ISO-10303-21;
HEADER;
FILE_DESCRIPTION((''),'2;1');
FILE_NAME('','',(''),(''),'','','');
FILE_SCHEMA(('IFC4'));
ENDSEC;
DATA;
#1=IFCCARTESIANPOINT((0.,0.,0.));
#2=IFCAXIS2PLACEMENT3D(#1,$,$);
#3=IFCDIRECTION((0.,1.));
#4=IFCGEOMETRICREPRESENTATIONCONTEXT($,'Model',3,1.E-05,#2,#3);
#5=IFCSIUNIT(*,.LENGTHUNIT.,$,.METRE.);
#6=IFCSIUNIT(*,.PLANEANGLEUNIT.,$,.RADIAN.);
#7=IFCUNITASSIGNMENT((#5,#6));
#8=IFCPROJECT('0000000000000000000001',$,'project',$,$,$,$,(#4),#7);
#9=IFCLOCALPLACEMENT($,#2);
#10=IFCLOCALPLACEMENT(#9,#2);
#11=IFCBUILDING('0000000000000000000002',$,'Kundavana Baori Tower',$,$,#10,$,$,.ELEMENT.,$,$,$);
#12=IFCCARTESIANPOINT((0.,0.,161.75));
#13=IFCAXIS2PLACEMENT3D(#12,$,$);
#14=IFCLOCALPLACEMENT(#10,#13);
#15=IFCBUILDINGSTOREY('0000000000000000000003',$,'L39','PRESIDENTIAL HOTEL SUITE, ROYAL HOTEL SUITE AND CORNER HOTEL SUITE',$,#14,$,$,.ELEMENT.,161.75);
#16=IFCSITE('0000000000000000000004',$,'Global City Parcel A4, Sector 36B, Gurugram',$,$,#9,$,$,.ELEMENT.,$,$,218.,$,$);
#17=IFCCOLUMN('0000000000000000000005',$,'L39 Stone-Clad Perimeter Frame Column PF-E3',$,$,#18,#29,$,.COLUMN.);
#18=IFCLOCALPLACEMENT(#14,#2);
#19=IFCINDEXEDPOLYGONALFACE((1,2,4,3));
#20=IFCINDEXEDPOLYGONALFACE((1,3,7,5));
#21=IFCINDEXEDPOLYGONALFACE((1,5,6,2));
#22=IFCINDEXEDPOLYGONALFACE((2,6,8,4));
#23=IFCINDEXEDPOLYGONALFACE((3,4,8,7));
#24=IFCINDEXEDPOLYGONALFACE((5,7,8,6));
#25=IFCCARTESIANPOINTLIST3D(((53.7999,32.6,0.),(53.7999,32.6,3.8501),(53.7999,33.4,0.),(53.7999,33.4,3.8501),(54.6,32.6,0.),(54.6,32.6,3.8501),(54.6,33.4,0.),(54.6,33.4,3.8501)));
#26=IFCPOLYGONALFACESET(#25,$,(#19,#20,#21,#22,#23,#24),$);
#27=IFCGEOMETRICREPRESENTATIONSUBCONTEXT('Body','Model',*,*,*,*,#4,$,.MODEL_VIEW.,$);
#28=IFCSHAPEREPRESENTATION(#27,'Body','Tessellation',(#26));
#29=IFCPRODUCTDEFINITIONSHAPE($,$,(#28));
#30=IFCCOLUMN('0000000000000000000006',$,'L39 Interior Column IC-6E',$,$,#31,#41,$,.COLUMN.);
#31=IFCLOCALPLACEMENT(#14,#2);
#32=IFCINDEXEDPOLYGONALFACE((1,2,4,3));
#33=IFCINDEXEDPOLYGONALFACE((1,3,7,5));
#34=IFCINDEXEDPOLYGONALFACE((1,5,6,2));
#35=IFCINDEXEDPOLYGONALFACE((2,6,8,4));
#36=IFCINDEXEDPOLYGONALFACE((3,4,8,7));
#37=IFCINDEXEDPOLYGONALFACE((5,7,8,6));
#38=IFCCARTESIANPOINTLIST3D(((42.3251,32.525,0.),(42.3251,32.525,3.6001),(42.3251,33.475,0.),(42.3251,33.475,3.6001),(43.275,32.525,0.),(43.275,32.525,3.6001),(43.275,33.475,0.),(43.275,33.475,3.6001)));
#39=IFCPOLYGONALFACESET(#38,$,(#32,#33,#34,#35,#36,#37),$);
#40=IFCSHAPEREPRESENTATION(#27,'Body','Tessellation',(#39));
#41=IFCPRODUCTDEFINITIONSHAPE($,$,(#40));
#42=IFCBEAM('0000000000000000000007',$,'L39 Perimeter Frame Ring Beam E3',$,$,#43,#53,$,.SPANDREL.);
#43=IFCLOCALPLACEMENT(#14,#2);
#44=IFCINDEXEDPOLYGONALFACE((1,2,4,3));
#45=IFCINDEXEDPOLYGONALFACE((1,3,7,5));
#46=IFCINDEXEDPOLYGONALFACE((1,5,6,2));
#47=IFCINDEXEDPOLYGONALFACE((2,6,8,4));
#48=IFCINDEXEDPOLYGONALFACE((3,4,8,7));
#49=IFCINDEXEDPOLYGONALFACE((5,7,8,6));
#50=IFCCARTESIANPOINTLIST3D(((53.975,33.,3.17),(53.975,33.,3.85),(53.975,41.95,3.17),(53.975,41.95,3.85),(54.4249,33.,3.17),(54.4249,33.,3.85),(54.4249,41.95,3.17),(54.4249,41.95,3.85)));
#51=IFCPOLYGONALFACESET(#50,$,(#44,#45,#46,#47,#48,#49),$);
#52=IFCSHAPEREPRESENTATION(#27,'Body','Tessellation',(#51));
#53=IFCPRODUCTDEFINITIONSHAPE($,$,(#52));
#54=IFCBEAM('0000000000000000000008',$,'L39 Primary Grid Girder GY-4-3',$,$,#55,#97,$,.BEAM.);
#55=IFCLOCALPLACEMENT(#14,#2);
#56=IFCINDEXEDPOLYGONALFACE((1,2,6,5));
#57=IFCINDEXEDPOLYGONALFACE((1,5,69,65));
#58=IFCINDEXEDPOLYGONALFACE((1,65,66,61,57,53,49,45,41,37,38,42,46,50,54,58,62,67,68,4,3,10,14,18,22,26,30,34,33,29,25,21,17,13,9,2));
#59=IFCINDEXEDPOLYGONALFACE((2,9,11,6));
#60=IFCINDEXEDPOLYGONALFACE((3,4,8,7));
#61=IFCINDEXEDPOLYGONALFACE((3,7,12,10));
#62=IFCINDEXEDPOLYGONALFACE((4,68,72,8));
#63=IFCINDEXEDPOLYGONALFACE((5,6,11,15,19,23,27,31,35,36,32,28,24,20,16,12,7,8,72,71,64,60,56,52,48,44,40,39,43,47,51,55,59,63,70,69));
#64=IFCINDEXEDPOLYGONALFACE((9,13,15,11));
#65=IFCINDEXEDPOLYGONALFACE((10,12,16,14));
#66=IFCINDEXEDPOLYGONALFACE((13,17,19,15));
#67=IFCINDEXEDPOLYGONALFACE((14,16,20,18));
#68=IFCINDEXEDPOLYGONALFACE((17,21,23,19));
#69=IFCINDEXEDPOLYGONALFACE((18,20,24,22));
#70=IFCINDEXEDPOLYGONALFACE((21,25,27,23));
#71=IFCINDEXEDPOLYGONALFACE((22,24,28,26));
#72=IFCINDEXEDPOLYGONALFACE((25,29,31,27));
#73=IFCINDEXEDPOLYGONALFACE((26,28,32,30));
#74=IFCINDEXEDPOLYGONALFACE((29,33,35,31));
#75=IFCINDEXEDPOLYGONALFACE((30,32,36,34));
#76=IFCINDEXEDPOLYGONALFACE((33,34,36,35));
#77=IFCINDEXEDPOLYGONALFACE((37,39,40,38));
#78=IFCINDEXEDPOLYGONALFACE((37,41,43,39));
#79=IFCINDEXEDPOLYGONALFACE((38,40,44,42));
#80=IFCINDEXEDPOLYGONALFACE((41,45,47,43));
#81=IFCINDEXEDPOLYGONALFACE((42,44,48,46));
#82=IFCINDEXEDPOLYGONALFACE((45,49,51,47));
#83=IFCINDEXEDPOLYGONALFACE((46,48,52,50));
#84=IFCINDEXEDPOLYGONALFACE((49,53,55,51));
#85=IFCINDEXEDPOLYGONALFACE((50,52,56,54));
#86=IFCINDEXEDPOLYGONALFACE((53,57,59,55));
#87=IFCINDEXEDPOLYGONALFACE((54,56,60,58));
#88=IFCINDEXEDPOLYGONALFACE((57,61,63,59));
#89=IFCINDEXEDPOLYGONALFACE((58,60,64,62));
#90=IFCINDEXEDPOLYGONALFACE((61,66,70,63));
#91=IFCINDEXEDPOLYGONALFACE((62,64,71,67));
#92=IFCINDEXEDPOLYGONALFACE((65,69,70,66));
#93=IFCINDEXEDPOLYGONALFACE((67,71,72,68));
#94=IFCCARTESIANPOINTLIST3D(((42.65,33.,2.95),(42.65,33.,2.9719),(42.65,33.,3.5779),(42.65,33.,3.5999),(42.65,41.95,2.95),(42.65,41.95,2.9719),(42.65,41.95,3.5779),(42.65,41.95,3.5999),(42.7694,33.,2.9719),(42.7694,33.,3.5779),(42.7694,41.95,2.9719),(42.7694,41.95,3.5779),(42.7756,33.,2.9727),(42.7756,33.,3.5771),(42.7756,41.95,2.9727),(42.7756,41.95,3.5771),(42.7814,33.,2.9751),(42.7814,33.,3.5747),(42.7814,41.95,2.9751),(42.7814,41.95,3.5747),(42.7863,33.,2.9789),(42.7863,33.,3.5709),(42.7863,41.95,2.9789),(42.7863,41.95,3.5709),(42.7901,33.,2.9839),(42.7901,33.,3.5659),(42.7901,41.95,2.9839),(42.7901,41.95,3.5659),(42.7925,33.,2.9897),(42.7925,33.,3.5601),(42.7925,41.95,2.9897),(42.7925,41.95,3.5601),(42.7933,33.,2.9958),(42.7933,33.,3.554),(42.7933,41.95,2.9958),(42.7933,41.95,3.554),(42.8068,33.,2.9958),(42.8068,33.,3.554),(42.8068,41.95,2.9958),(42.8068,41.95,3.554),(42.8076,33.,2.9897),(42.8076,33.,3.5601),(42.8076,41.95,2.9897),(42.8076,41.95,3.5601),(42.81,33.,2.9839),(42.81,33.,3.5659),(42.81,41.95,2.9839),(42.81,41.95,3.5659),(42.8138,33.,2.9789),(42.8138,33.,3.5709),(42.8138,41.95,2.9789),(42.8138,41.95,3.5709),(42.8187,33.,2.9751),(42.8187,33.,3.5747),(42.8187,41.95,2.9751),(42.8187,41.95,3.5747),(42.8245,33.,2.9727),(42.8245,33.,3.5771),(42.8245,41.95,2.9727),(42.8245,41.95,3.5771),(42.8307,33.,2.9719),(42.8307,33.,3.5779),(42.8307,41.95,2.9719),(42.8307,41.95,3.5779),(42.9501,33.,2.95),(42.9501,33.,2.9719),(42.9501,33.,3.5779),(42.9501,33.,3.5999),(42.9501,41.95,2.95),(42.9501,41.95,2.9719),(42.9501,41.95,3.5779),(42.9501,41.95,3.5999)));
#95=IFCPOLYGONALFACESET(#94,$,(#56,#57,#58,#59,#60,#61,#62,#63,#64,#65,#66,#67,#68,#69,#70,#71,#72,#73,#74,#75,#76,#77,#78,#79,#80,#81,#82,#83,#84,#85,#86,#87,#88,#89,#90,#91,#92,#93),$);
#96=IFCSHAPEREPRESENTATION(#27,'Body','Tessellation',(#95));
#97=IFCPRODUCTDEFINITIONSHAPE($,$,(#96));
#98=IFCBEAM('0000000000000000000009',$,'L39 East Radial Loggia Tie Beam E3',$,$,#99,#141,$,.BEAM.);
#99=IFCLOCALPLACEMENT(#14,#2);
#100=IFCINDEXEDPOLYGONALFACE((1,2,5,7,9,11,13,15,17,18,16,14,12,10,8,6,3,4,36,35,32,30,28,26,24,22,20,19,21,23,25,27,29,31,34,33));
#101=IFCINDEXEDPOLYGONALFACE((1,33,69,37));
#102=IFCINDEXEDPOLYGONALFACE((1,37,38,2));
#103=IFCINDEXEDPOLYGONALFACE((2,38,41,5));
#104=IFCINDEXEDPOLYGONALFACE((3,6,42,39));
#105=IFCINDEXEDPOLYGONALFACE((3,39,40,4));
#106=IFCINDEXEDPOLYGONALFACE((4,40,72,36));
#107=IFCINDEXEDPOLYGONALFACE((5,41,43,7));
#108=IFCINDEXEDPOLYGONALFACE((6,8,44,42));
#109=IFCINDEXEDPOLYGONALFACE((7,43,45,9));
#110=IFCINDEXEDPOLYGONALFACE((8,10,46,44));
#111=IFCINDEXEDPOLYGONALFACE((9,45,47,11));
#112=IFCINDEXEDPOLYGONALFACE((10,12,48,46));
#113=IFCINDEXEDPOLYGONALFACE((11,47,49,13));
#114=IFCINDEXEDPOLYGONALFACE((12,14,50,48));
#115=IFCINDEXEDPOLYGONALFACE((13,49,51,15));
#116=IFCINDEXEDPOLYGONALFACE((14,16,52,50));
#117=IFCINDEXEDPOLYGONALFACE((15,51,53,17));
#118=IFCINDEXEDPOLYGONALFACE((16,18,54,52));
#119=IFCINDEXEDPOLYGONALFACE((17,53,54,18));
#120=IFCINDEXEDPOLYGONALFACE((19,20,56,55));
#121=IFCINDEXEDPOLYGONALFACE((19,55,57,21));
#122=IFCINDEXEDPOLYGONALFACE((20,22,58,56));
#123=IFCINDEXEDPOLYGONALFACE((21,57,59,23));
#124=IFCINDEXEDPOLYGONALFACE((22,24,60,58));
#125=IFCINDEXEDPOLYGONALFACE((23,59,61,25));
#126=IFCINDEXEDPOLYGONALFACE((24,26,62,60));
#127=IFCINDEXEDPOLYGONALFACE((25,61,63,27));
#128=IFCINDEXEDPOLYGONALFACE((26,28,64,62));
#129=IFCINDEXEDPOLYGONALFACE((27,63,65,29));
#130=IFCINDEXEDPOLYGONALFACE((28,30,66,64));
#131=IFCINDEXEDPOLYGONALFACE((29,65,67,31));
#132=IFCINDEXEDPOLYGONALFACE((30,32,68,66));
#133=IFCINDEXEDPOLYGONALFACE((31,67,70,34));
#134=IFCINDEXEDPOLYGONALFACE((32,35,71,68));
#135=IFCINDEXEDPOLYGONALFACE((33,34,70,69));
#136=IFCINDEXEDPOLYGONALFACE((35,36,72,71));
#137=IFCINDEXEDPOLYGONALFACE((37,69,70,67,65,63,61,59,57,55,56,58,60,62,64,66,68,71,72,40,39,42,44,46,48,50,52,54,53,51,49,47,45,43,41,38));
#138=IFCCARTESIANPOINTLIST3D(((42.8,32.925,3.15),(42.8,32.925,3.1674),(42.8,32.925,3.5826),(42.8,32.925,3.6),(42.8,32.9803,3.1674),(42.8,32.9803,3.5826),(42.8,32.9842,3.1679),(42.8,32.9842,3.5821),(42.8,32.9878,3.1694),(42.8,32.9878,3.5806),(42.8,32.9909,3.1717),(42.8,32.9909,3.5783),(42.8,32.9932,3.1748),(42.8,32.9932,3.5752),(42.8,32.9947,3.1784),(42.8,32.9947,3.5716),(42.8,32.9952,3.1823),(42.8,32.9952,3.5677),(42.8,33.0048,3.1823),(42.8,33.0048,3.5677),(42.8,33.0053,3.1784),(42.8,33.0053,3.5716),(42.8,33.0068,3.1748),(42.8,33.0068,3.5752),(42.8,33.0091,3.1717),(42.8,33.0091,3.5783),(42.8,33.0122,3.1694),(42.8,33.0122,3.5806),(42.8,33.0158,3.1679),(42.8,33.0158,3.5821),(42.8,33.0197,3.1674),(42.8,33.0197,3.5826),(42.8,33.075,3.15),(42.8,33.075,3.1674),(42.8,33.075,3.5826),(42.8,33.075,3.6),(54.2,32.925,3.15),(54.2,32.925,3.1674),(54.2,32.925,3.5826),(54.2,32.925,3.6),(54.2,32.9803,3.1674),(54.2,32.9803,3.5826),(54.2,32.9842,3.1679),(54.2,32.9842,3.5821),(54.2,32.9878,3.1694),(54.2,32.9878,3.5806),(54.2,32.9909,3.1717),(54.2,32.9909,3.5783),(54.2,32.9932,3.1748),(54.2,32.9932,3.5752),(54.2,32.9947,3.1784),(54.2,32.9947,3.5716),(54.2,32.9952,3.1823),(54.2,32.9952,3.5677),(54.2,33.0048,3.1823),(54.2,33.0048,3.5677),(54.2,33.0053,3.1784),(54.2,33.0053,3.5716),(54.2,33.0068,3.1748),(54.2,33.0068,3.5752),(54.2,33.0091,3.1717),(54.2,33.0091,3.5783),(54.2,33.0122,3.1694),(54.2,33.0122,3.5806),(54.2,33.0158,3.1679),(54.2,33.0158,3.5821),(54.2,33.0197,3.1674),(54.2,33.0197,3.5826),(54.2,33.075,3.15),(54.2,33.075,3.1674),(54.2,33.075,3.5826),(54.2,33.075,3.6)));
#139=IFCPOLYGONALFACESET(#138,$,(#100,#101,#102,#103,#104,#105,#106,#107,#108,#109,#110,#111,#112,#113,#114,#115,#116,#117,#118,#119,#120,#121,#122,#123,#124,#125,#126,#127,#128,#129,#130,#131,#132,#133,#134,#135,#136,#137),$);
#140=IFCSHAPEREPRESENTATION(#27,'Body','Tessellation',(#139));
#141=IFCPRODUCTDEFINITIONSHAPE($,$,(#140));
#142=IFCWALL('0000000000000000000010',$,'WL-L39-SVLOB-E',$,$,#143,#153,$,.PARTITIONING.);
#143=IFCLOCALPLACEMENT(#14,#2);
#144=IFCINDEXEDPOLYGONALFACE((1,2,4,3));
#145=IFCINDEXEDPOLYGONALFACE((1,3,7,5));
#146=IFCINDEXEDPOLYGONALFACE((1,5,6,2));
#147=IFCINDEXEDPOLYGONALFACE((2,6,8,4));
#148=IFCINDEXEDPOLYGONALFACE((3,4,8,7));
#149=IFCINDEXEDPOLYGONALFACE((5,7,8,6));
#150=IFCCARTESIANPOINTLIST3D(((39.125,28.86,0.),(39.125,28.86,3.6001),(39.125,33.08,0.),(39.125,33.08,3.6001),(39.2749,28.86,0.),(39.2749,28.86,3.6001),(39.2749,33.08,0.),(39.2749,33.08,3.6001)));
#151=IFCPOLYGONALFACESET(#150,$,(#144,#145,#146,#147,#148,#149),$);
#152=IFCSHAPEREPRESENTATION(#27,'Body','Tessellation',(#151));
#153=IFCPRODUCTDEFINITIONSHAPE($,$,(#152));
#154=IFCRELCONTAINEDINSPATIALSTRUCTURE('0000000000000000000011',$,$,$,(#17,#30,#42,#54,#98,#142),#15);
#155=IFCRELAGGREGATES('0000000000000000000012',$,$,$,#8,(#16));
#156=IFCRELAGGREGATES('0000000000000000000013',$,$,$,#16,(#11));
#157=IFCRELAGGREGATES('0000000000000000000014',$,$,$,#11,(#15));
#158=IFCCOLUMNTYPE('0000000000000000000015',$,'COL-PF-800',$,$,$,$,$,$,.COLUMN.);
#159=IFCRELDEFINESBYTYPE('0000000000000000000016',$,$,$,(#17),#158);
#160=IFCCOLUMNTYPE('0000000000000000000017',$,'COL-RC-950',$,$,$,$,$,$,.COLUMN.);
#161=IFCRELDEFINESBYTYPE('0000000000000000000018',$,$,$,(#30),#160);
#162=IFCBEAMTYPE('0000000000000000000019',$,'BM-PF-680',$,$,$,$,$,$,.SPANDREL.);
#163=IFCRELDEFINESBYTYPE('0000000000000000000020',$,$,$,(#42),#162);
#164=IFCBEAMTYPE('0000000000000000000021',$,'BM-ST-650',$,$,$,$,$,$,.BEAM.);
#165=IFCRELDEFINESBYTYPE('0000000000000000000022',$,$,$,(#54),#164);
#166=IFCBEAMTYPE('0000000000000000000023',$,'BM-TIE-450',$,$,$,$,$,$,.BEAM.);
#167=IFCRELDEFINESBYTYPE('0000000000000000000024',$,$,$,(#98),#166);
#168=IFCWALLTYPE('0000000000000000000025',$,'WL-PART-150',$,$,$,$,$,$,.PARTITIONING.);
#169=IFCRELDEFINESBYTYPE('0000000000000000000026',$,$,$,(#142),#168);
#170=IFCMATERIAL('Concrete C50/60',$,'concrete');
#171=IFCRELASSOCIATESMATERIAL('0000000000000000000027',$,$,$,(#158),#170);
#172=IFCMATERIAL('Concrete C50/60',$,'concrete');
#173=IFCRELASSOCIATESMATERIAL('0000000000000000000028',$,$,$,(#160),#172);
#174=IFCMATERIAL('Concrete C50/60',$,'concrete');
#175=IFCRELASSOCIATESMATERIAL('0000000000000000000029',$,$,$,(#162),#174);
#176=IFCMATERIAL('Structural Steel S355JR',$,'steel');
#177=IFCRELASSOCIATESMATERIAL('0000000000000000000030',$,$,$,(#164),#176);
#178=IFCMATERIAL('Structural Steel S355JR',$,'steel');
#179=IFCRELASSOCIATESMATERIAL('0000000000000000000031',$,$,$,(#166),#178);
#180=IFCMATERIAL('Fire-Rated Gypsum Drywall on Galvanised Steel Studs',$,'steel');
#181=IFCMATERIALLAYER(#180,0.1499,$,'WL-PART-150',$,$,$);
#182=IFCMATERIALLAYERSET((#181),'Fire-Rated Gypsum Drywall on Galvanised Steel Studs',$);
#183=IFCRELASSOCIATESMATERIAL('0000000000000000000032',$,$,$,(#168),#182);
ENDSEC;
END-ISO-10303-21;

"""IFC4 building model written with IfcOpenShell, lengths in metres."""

from ifc_helpers import new_model, si_unit, direction, frame, frame_2d, origin, origin_2d, place, context, subcontext, project, spatial, rectangle, i_section, extrude, material, layer, layer_set, material_profile, profile_set, type_object, element, save


model = new_model("IFC4")

# Units and contexts
model_context = context("Model", 3, precision=1e-05, world=origin(), true_north=direction((0.0, 1.0)))
body_context = subcontext(model_context, "Body", "Model", "MODEL_VIEW")
ifc_project = project(units=[si_unit("LENGTHUNIT", "METRE"), si_unit("PLANEANGLEUNIT", "RADIAN")], contexts=[model_context])

# Site, building, storey
site_placement = place(None, origin())
site = spatial("IfcSite", under=ifc_project, at=site_placement, Name="Global City Parcel A4, Sector 36B, Gurugram", CompositionType="ELEMENT", RefElevation=218.0)
building_placement = place(site_placement, origin())
building = spatial("IfcBuilding", under=site, at=building_placement, Name="Kundavana Baori Tower", CompositionType="ELEMENT")
storey_placement = place(building_placement, frame((0.0, 0.0, 161.75)))
storey = spatial("IfcBuildingStorey", under=building, at=storey_placement, Name="L39", Description="PRESIDENTIAL HOTEL SUITE, ROYAL HOTEL SUITE AND CORNER HOTEL SUITE", CompositionType="ELEMENT", Elevation=161.75)

# Columns
ifc_material_1 = material(Name="Concrete C50/60", Category="concrete")
ifc_material_profile_1 = material_profile(ifc_material_1, rectangle(XDim=0.8, YDim=0.8, at=origin_2d()), Name="RC PF 800x800")
ifc_profile_set_1 = profile_set([ifc_material_profile_1], Name="Concrete C50/60")
column_type_1 = type_object("IfcColumnType", Name="COL-PF-800", PredefinedType="COLUMN", material=ifc_profile_set_1)
column_1_placement = place(storey_placement, frame((54.2, 33.0, 0.0), z_axis=(0.0, 0.0, 1.0), x_axis=(1.0, 0.0, 0.0)))
element("IfcColumn", 1, at=column_1_placement, inside=storey, type_object=column_type_1, Name="L39 Stone-Clad Perimeter Frame Column PF-E3", PredefinedType="COLUMN", context=body_context, shape_type="SweptSolid", body=[
    extrude(rectangle(XDim=0.8, YDim=0.8, at=origin_2d()), origin(), (0.0, 0.0, 1.0), 3.8501),
])
ifc_material_2 = material(Name="Concrete C50/60", Category="concrete")
ifc_material_profile_2 = material_profile(ifc_material_2, rectangle(XDim=0.95, YDim=0.95, at=origin_2d()), Name="RC 950x950")
ifc_profile_set_2 = profile_set([ifc_material_profile_2], Name="Concrete C50/60")
column_type_2 = type_object("IfcColumnType", Name="COL-RC-950", PredefinedType="COLUMN", material=ifc_profile_set_2)
column_2_placement = place(storey_placement, frame((42.8, 33.0, 0.0), z_axis=(0.0, 0.0, 1.0), x_axis=(1.0, 0.0, 0.0)))
element("IfcColumn", 2, at=column_2_placement, inside=storey, type_object=column_type_2, Name="L39 Interior Column IC-6E", PredefinedType="COLUMN", context=body_context, shape_type="SweptSolid", body=[
    extrude(rectangle(XDim=0.95, YDim=0.95, at=origin_2d()), origin(), (0.0, 0.0, 1.0), 3.6001),
])

# Beams
ifc_material_3 = material(Name="Concrete C50/60", Category="concrete")
ifc_material_profile_3 = material_profile(ifc_material_3, rectangle(XDim=0.45, YDim=0.6799, at=origin_2d()), Name="RC BM 450x680")
ifc_profile_set_3 = profile_set([ifc_material_profile_3], Name="Concrete C50/60")
beam_type_1 = type_object("IfcBeamType", Name="BM-PF-680", PredefinedType="SPANDREL", material=ifc_profile_set_3)
beam_1_placement = place(storey_placement, frame((54.2, 33.0, 3.51), z_axis=(0.0, 1.0, 0.0), x_axis=(-1.0, 0.0, 0.0)))
element("IfcBeam", 3, at=beam_1_placement, inside=storey, type_object=beam_type_1, Name="L39 Perimeter Frame Ring Beam E3", PredefinedType="SPANDREL", context=body_context, shape_type="SweptSolid", body=[
    extrude(rectangle(XDim=0.45, YDim=0.6799, at=origin_2d()), origin(), (0.0, 0.0, 1.0), 8.95),
])
ifc_material_4 = material(Name="Structural Steel S355JR", Category="steel")
ifc_material_profile_4 = material_profile(ifc_material_4, i_section(OverallWidth=0.3, OverallDepth=0.6499, WebThickness=0.0134, FlangeThickness=0.022, FilletRadius=0.0239, at=origin_2d()), Name="NPB 650x300x155")
ifc_profile_set_4 = profile_set([ifc_material_profile_4], Name="Structural Steel S355JR")
beam_type_2 = type_object("IfcBeamType", Name="BM-ST-650", PredefinedType="BEAM", material=ifc_profile_set_4)
beam_2_placement = place(storey_placement, frame((42.8, 33.0, 3.2749), z_axis=(0.0, 1.0, 0.0), x_axis=(-1.0, 0.0, 0.0)))
element("IfcBeam", 4, at=beam_2_placement, inside=storey, type_object=beam_type_2, Name="L39 Primary Grid Girder GY-4-3", PredefinedType="BEAM", context=body_context, shape_type="SweptSolid", body=[
    extrude(i_section(OverallWidth=0.3, OverallDepth=0.6499, WebThickness=0.0134, FlangeThickness=0.022, FilletRadius=0.0239, at=origin_2d()), origin(), (0.0, 0.0, 1.0), 8.95),
])
ifc_material_5 = material(Name="Structural Steel S355JR", Category="steel")
ifc_material_profile_5 = material_profile(ifc_material_5, i_section(OverallWidth=0.1499, OverallDepth=0.45, WebThickness=0.0095, FlangeThickness=0.0173, FilletRadius=0.0149, at=origin_2d()), Name="ISMB 450")
ifc_profile_set_5 = profile_set([ifc_material_profile_5], Name="Structural Steel S355JR")
beam_type_3 = type_object("IfcBeamType", Name="BM-TIE-450", PredefinedType="BEAM", material=ifc_profile_set_5)
beam_3_placement = place(storey_placement, frame((42.8, 33.0, 3.375), z_axis=(1.0, 0.0, 0.0), x_axis=(0.0, 1.0, 0.0)))
element("IfcBeam", 5, at=beam_3_placement, inside=storey, type_object=beam_type_3, Name="L39 East Radial Loggia Tie Beam E3", PredefinedType="BEAM", context=body_context, shape_type="SweptSolid", body=[
    extrude(i_section(OverallWidth=0.1499, OverallDepth=0.45, WebThickness=0.0095, FlangeThickness=0.0173, FilletRadius=0.0149, at=origin_2d()), origin(), (0.0, 0.0, 1.0), 11.3999),
])

# Wall
ifc_material_6 = material(Name="Fire-Rated Gypsum Drywall on Galvanised Steel Studs", Category="steel")
ifc_layer_1 = layer(ifc_material_6, 0.1499, Name="WL-PART-150")
ifc_layer_set_1 = layer_set([ifc_layer_1], Name="Fire-Rated Gypsum Drywall on Galvanised Steel Studs")
wall_type_1 = type_object("IfcWallType", Name="WL-PART-150", PredefinedType="PARTITIONING", material=ifc_layer_set_1)
wall_1_placement = place(storey_placement, frame((39.2, 28.8601, 0.0), z_axis=(0.0, 0.0, 1.0), x_axis=(0.0, 1.0, 0.0)))
element("IfcWall", 6, at=wall_1_placement, inside=storey, type_object=wall_type_1, Name="WL-L39-SVLOB-E", PredefinedType="PARTITIONING", context=body_context, shape_type="SweptSolid", body=[
    extrude(rectangle(XDim=4.22, YDim=0.1499, at=frame_2d((2.1099, 0.0))), origin(), (0.0, 0.0, 1.0), 3.6001),
])

save(model, "model.ifc")
